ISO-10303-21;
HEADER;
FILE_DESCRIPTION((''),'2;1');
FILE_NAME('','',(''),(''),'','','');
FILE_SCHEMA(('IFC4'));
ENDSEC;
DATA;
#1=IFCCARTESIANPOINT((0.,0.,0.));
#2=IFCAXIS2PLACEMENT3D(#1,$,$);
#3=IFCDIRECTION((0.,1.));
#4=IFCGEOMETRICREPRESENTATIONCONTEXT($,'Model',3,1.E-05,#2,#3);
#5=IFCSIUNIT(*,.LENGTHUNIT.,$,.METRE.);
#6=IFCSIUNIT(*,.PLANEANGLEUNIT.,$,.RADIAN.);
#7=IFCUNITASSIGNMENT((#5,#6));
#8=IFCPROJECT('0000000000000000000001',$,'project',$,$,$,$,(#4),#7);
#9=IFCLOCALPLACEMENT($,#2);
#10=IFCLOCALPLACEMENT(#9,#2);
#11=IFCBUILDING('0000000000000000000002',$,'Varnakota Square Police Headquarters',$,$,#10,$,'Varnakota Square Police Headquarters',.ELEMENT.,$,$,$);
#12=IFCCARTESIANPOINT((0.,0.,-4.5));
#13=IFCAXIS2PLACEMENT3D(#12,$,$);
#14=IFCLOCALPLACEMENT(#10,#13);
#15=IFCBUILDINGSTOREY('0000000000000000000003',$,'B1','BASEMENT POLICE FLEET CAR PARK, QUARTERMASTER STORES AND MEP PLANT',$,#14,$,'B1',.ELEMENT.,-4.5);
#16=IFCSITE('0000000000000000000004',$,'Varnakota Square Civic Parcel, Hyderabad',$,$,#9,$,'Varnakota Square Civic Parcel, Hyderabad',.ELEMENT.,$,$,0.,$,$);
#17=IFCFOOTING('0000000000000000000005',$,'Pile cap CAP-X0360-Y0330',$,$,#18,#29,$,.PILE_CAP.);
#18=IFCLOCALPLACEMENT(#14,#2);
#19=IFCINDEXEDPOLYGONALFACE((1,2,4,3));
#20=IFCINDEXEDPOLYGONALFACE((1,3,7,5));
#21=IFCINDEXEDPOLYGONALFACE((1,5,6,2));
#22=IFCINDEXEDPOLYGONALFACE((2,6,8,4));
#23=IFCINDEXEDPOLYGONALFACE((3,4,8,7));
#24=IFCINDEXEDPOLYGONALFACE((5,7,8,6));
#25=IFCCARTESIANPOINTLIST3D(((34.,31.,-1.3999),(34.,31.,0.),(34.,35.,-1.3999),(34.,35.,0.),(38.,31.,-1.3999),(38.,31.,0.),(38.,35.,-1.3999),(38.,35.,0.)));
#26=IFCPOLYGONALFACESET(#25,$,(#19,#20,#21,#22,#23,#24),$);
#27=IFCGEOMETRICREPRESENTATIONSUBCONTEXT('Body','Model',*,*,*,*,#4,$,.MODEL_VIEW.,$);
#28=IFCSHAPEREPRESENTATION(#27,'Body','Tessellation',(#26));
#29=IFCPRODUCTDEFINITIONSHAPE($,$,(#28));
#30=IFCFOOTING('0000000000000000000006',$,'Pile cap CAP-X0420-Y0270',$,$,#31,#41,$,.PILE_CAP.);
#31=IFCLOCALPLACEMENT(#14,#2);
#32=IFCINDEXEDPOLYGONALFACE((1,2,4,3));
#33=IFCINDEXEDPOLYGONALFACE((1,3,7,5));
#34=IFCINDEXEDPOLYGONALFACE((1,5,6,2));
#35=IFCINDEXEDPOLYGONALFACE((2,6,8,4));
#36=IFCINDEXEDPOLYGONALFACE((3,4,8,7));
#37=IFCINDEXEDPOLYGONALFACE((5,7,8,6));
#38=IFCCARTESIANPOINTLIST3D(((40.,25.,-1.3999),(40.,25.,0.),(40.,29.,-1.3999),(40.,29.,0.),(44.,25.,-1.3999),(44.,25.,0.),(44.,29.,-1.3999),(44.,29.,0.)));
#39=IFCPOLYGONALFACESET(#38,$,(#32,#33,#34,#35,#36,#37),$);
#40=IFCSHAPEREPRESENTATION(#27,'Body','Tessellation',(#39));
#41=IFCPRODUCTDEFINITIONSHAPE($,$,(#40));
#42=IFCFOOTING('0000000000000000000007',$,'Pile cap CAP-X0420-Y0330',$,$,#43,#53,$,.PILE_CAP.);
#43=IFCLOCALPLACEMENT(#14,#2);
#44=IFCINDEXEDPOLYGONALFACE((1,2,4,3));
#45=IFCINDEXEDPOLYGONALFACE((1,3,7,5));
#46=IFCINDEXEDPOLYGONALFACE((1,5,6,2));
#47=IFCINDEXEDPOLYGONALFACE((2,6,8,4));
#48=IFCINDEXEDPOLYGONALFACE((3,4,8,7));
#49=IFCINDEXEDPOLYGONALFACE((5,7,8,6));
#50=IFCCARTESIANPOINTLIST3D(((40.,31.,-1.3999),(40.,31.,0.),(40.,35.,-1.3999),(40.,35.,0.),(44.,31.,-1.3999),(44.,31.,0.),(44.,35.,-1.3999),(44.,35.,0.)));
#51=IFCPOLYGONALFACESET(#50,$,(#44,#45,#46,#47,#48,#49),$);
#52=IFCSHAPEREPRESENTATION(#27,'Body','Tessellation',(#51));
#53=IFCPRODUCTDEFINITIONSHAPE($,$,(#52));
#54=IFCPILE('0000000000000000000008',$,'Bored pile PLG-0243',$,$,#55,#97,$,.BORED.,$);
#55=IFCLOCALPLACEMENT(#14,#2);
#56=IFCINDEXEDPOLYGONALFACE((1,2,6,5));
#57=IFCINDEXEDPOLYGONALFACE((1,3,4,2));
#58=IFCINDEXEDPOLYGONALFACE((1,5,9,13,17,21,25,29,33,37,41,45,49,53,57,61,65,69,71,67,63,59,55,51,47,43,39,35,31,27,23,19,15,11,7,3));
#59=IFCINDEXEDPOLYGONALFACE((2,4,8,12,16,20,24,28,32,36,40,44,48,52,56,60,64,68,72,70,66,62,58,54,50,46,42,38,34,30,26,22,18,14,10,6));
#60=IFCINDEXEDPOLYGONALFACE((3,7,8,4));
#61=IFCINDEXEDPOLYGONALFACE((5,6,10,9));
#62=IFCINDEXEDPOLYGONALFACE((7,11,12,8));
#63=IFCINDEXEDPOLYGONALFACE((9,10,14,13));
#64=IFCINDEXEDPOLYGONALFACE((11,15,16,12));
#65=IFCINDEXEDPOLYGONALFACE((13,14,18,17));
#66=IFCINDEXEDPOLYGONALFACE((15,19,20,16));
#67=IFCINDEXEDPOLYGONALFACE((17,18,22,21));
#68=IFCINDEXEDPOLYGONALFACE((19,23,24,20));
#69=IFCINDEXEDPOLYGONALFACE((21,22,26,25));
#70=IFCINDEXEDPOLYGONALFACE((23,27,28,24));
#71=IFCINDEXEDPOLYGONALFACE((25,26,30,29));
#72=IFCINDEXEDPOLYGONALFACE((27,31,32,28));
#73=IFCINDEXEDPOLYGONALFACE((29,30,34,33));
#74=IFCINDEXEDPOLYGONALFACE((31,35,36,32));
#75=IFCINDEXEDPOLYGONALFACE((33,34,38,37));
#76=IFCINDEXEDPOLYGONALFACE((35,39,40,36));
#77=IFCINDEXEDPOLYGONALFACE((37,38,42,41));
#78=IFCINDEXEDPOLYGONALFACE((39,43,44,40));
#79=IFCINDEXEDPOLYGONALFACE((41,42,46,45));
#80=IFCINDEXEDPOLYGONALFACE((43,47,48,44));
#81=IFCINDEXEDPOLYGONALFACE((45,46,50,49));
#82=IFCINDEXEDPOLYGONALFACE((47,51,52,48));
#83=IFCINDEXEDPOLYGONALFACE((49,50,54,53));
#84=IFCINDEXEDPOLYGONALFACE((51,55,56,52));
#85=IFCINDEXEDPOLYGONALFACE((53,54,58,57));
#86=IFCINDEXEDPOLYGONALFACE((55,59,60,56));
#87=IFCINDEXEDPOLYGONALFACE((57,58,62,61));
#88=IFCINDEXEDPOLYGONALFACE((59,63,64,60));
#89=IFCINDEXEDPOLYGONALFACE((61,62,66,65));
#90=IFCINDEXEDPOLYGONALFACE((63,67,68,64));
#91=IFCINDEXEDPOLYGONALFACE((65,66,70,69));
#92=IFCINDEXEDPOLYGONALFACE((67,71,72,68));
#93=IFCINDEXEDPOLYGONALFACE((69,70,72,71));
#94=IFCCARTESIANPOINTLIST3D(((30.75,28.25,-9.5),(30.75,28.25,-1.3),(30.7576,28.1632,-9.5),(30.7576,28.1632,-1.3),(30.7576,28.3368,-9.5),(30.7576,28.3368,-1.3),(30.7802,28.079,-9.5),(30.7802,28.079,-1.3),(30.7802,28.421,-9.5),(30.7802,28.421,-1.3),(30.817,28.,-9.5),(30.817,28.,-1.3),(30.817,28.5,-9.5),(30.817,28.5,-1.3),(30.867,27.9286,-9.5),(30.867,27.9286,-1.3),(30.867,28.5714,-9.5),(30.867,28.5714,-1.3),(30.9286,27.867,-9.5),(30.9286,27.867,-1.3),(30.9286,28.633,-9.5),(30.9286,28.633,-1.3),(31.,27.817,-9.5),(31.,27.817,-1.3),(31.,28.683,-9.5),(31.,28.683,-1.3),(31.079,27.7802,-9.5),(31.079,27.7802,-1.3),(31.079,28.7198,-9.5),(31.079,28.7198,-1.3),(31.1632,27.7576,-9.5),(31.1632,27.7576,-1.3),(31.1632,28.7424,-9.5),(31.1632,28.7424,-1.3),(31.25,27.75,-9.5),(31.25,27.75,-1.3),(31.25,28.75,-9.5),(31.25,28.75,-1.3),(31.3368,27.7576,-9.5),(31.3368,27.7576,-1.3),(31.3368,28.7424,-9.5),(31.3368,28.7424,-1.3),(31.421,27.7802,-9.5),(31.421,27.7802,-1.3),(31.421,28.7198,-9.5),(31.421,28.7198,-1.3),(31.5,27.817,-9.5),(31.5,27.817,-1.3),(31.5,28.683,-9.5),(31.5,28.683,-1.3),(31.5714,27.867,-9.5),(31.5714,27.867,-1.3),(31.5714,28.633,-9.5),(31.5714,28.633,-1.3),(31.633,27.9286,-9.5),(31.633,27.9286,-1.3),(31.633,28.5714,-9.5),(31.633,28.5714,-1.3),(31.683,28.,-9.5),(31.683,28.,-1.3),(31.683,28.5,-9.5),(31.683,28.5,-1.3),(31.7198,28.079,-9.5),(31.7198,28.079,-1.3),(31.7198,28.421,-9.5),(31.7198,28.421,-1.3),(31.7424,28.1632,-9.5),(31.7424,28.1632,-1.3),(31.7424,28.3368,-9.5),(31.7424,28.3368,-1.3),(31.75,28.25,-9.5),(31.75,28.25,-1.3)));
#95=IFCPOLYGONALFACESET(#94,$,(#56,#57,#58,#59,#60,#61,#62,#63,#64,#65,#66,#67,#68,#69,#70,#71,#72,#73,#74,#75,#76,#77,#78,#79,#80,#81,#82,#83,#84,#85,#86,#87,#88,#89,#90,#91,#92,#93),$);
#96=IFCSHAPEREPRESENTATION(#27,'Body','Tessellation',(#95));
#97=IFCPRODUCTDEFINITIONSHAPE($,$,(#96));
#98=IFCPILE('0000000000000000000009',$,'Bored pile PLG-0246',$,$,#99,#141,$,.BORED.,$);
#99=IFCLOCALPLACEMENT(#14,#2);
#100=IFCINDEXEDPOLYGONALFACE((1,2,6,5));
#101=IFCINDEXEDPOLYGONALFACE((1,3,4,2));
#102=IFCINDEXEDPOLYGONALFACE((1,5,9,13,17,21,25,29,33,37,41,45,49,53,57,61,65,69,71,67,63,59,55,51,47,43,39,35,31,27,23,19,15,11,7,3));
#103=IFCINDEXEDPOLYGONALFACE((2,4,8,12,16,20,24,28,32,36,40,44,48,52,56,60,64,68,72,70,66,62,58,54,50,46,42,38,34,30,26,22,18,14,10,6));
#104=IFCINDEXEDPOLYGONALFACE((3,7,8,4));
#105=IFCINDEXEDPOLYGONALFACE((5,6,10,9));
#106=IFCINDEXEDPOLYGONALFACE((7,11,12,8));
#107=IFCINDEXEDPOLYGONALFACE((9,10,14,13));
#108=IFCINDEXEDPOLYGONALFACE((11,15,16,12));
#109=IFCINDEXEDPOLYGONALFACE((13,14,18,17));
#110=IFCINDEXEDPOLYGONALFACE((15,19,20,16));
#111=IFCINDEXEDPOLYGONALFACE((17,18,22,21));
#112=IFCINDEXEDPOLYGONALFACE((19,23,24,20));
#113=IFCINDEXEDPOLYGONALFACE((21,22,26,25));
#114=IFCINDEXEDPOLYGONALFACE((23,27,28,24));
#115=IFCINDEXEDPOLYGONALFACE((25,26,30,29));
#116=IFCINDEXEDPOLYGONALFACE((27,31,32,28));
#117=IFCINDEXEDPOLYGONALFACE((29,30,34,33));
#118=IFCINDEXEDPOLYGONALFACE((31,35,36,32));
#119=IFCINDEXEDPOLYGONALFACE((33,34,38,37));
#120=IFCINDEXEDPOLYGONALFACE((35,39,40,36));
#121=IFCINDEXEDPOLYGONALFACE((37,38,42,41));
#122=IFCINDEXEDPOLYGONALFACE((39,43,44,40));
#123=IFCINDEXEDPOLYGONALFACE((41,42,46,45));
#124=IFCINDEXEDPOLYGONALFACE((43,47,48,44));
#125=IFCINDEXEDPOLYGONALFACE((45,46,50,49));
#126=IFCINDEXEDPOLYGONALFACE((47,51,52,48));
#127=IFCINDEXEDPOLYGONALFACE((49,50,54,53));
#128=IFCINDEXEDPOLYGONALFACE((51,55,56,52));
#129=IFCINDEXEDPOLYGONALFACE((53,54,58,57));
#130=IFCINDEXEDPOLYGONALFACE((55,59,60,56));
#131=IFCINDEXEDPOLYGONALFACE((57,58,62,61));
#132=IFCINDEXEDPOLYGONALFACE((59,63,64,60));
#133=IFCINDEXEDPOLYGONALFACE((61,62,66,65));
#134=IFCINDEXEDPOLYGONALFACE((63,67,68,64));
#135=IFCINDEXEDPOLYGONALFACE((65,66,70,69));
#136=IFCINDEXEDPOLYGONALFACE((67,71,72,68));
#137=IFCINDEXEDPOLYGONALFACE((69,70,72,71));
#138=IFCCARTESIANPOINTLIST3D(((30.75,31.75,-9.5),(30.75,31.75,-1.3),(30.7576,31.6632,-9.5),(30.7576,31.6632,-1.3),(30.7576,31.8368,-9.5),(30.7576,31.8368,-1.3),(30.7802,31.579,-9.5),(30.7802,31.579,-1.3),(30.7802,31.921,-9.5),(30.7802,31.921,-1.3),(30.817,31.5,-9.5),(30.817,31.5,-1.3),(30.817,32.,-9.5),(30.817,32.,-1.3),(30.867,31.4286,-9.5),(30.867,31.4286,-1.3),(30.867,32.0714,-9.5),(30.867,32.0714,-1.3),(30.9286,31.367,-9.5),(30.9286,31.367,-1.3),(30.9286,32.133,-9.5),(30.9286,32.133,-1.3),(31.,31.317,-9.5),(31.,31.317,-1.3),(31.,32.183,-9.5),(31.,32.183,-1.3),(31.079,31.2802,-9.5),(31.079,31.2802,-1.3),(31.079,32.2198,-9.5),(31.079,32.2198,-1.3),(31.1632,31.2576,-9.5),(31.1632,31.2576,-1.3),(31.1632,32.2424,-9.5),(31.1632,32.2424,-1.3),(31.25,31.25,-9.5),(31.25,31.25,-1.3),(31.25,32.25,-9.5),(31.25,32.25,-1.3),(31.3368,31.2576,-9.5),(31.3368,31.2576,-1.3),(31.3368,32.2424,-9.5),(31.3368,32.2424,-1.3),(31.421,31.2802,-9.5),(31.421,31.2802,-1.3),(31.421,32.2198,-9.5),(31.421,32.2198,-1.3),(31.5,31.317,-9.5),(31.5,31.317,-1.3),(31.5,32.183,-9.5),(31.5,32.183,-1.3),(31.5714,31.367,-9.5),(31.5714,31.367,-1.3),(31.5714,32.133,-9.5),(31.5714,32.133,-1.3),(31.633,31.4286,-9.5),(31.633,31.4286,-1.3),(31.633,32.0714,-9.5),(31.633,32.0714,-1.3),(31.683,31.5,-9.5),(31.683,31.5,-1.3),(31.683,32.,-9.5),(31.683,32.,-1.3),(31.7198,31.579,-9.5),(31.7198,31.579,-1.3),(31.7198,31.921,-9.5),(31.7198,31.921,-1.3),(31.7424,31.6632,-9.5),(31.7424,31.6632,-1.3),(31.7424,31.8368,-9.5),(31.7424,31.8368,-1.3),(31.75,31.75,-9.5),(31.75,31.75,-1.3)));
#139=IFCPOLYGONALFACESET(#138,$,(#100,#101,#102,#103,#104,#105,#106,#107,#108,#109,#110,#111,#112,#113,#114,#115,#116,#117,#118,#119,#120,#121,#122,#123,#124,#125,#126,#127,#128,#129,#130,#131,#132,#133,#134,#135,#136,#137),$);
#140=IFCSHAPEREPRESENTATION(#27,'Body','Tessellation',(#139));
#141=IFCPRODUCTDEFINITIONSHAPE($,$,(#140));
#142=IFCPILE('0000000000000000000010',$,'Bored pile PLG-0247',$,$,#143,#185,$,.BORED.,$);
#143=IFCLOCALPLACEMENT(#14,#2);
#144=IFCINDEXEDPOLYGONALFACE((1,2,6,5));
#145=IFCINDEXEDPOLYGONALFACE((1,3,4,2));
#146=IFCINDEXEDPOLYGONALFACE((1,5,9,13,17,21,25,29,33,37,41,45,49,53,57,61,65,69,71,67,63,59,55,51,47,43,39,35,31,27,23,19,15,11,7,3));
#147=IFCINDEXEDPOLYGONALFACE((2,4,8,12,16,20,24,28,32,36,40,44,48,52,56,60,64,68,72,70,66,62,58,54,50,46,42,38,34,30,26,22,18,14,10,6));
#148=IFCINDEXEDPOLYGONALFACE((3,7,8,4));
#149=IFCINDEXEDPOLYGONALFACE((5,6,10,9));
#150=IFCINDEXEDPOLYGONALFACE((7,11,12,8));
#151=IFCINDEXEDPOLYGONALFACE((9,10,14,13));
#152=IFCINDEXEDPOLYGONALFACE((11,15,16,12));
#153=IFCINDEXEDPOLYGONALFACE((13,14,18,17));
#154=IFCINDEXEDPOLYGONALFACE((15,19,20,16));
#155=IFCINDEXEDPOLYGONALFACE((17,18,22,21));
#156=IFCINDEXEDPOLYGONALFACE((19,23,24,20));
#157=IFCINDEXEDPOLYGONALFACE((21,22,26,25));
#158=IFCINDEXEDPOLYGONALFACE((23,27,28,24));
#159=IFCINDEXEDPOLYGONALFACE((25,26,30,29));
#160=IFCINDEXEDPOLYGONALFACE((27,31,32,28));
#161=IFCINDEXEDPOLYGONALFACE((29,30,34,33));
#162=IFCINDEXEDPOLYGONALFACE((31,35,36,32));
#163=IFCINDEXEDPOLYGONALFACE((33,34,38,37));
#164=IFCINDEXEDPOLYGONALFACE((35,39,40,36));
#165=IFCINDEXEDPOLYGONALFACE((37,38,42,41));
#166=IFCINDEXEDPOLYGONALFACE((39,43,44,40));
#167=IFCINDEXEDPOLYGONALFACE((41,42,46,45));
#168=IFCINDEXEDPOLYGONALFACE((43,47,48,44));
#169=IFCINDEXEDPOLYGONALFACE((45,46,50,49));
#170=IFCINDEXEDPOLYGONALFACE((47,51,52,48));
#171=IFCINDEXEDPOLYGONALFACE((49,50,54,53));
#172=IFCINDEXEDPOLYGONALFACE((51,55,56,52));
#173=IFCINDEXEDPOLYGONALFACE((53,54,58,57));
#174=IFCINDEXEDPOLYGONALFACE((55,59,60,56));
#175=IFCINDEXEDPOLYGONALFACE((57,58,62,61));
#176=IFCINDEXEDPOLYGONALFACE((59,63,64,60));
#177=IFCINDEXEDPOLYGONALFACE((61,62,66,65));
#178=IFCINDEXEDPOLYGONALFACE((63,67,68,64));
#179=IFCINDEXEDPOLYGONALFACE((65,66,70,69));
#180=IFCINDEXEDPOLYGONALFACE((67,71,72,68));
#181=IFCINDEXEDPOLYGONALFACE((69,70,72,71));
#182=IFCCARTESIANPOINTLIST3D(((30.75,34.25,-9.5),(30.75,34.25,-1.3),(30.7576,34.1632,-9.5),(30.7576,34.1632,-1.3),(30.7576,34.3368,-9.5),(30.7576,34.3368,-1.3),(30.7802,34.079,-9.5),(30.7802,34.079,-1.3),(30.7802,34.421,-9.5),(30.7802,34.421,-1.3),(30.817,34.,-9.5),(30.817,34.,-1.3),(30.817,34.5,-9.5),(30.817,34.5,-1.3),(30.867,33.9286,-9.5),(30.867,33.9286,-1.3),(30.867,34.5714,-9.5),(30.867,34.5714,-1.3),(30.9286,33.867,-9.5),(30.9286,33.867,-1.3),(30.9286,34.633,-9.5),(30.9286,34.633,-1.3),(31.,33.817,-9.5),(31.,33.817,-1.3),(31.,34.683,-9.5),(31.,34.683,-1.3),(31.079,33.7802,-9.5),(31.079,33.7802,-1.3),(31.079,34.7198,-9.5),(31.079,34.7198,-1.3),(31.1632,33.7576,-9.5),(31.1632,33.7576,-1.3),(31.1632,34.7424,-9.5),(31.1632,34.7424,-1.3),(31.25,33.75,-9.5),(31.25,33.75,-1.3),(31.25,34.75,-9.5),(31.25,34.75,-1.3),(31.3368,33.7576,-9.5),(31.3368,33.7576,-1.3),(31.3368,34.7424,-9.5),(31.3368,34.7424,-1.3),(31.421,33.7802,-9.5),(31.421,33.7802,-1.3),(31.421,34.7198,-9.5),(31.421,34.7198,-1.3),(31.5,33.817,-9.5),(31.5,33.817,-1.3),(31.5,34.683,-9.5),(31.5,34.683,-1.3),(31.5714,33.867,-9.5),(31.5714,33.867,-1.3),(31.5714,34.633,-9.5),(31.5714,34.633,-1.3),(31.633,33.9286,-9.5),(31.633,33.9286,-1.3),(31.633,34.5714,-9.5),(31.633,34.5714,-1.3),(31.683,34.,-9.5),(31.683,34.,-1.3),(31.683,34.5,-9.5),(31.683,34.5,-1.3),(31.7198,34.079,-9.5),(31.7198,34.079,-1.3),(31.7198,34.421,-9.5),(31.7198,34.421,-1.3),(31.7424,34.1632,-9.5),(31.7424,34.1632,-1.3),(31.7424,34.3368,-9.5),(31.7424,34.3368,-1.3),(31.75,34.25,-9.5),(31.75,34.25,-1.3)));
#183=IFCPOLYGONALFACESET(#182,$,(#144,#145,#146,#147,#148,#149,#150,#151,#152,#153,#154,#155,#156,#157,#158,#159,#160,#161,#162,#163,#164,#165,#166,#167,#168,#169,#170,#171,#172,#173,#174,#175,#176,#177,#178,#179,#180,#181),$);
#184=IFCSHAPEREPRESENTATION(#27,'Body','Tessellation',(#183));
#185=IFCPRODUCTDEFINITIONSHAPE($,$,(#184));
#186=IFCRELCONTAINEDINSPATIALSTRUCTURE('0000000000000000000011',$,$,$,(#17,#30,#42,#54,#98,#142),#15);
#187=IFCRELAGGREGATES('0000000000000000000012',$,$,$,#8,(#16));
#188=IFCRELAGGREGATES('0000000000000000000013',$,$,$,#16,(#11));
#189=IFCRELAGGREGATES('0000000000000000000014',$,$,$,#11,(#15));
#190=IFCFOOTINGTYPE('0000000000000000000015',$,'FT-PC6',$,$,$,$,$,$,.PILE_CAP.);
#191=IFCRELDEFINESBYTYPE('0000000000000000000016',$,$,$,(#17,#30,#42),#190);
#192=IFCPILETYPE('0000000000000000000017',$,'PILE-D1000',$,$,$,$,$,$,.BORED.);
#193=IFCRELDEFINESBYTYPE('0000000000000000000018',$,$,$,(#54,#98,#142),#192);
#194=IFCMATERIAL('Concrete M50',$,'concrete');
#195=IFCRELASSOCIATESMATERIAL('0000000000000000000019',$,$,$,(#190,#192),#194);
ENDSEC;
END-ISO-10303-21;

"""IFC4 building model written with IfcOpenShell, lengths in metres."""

from ifc_helpers import new_model, si_unit, direction, frame, origin, origin_2d, place, context, subcontext, project, spatial, rectangle, circle, extrude, material, material_profile, profile_set, type_object, element, save


model = new_model("IFC4")

# Units and contexts
model_context = context("Model", 3, precision=1e-05, world=origin(), true_north=direction((0.0, 1.0)))
body_context = subcontext(model_context, "Body", "Model", "MODEL_VIEW")
ifc_project = project(units=[si_unit("LENGTHUNIT", "METRE"), si_unit("PLANEANGLEUNIT", "RADIAN")], contexts=[model_context])

# Site, building, storey
site_placement = place(None, origin())
site = spatial("IfcSite", under=ifc_project, at=site_placement, Name="Varnakota Square Civic Parcel, Hyderabad", LongName="Varnakota Square Civic Parcel, Hyderabad", CompositionType="ELEMENT", RefElevation=0.0)
building_placement = place(site_placement, origin())
building = spatial("IfcBuilding", under=site, at=building_placement, Name="Varnakota Square Police Headquarters", LongName="Varnakota Square Police Headquarters", CompositionType="ELEMENT")
storey_placement = place(building_placement, frame((0.0, 0.0, -4.5)))
storey = spatial("IfcBuildingStorey", under=building, at=storey_placement, Name="B1", Description="BASEMENT POLICE FLEET CAR PARK, QUARTERMASTER STORES AND MEP PLANT", LongName="B1", CompositionType="ELEMENT", Elevation=-4.5)

# Footings
ifc_material_1 = material(Name="Concrete M50", Category="concrete")
footing_type = type_object("IfcFootingType", Name="FT-PC6", PredefinedType="PILE_CAP", material=ifc_material_1)
for number, where, z_axis, x_axis, name in (
    (1, (36.0, 33.0, -1.3999), (0.0, 0.0, 1.0), (1.0, 0.0, 0.0), "Pile cap CAP-X0360-Y0330"),
    (2, (42.0, 27.0, -1.3999), (0.0, 0.0, 1.0), (1.0, 0.0, 0.0), "Pile cap CAP-X0420-Y0270"),
    (3, (42.0, 33.0, -1.3999), (0.0, 0.0, 1.0), (1.0, 0.0, 0.0), "Pile cap CAP-X0420-Y0330"),
):
    element("IfcFooting", number, at=place(storey_placement, frame(where, z_axis=z_axis, x_axis=x_axis)), inside=storey, type_object=footing_type, Name=name, PredefinedType="PILE_CAP", context=body_context, shape_type="SweptSolid", body=[
        extrude(rectangle(XDim=4.0, YDim=4.0, at=origin_2d()), origin(), (0.0, 0.0, 1.0), 1.3999),
    ])

# Piles
ifc_material_profile_1 = material_profile(ifc_material_1, circle(Radius=0.5, at=origin_2d()), Name="BORED PILE 1000")
ifc_profile_set_1 = profile_set([ifc_material_profile_1], Name="Concrete M50")
pile_type = type_object("IfcPileType", Name="PILE-D1000", PredefinedType="BORED", material=ifc_profile_set_1)
for number, where, z_axis, x_axis, name in (
    (4, (31.25, 28.25, -1.3), (0.0, 0.0, -1.0), (1.0, 0.0, 0.0), "Bored pile PLG-0243"),
    (5, (31.25, 31.75, -1.3), (0.0, 0.0, -1.0), (1.0, 0.0, 0.0), "Bored pile PLG-0246"),
    (6, (31.25, 34.25, -1.3), (0.0, 0.0, -1.0), (1.0, 0.0, 0.0), "Bored pile PLG-0247"),
):
    element("IfcPile", number, at=place(storey_placement, frame(where, z_axis=z_axis, x_axis=x_axis)), inside=storey, type_object=pile_type, Name=name, PredefinedType="BORED", context=body_context, shape_type="SweptSolid", body=[
        extrude(circle(Radius=0.5, at=origin_2d()), origin(), (0.0, 0.0, 1.0), 8.2),
    ])

save(model, "model.ifc")
